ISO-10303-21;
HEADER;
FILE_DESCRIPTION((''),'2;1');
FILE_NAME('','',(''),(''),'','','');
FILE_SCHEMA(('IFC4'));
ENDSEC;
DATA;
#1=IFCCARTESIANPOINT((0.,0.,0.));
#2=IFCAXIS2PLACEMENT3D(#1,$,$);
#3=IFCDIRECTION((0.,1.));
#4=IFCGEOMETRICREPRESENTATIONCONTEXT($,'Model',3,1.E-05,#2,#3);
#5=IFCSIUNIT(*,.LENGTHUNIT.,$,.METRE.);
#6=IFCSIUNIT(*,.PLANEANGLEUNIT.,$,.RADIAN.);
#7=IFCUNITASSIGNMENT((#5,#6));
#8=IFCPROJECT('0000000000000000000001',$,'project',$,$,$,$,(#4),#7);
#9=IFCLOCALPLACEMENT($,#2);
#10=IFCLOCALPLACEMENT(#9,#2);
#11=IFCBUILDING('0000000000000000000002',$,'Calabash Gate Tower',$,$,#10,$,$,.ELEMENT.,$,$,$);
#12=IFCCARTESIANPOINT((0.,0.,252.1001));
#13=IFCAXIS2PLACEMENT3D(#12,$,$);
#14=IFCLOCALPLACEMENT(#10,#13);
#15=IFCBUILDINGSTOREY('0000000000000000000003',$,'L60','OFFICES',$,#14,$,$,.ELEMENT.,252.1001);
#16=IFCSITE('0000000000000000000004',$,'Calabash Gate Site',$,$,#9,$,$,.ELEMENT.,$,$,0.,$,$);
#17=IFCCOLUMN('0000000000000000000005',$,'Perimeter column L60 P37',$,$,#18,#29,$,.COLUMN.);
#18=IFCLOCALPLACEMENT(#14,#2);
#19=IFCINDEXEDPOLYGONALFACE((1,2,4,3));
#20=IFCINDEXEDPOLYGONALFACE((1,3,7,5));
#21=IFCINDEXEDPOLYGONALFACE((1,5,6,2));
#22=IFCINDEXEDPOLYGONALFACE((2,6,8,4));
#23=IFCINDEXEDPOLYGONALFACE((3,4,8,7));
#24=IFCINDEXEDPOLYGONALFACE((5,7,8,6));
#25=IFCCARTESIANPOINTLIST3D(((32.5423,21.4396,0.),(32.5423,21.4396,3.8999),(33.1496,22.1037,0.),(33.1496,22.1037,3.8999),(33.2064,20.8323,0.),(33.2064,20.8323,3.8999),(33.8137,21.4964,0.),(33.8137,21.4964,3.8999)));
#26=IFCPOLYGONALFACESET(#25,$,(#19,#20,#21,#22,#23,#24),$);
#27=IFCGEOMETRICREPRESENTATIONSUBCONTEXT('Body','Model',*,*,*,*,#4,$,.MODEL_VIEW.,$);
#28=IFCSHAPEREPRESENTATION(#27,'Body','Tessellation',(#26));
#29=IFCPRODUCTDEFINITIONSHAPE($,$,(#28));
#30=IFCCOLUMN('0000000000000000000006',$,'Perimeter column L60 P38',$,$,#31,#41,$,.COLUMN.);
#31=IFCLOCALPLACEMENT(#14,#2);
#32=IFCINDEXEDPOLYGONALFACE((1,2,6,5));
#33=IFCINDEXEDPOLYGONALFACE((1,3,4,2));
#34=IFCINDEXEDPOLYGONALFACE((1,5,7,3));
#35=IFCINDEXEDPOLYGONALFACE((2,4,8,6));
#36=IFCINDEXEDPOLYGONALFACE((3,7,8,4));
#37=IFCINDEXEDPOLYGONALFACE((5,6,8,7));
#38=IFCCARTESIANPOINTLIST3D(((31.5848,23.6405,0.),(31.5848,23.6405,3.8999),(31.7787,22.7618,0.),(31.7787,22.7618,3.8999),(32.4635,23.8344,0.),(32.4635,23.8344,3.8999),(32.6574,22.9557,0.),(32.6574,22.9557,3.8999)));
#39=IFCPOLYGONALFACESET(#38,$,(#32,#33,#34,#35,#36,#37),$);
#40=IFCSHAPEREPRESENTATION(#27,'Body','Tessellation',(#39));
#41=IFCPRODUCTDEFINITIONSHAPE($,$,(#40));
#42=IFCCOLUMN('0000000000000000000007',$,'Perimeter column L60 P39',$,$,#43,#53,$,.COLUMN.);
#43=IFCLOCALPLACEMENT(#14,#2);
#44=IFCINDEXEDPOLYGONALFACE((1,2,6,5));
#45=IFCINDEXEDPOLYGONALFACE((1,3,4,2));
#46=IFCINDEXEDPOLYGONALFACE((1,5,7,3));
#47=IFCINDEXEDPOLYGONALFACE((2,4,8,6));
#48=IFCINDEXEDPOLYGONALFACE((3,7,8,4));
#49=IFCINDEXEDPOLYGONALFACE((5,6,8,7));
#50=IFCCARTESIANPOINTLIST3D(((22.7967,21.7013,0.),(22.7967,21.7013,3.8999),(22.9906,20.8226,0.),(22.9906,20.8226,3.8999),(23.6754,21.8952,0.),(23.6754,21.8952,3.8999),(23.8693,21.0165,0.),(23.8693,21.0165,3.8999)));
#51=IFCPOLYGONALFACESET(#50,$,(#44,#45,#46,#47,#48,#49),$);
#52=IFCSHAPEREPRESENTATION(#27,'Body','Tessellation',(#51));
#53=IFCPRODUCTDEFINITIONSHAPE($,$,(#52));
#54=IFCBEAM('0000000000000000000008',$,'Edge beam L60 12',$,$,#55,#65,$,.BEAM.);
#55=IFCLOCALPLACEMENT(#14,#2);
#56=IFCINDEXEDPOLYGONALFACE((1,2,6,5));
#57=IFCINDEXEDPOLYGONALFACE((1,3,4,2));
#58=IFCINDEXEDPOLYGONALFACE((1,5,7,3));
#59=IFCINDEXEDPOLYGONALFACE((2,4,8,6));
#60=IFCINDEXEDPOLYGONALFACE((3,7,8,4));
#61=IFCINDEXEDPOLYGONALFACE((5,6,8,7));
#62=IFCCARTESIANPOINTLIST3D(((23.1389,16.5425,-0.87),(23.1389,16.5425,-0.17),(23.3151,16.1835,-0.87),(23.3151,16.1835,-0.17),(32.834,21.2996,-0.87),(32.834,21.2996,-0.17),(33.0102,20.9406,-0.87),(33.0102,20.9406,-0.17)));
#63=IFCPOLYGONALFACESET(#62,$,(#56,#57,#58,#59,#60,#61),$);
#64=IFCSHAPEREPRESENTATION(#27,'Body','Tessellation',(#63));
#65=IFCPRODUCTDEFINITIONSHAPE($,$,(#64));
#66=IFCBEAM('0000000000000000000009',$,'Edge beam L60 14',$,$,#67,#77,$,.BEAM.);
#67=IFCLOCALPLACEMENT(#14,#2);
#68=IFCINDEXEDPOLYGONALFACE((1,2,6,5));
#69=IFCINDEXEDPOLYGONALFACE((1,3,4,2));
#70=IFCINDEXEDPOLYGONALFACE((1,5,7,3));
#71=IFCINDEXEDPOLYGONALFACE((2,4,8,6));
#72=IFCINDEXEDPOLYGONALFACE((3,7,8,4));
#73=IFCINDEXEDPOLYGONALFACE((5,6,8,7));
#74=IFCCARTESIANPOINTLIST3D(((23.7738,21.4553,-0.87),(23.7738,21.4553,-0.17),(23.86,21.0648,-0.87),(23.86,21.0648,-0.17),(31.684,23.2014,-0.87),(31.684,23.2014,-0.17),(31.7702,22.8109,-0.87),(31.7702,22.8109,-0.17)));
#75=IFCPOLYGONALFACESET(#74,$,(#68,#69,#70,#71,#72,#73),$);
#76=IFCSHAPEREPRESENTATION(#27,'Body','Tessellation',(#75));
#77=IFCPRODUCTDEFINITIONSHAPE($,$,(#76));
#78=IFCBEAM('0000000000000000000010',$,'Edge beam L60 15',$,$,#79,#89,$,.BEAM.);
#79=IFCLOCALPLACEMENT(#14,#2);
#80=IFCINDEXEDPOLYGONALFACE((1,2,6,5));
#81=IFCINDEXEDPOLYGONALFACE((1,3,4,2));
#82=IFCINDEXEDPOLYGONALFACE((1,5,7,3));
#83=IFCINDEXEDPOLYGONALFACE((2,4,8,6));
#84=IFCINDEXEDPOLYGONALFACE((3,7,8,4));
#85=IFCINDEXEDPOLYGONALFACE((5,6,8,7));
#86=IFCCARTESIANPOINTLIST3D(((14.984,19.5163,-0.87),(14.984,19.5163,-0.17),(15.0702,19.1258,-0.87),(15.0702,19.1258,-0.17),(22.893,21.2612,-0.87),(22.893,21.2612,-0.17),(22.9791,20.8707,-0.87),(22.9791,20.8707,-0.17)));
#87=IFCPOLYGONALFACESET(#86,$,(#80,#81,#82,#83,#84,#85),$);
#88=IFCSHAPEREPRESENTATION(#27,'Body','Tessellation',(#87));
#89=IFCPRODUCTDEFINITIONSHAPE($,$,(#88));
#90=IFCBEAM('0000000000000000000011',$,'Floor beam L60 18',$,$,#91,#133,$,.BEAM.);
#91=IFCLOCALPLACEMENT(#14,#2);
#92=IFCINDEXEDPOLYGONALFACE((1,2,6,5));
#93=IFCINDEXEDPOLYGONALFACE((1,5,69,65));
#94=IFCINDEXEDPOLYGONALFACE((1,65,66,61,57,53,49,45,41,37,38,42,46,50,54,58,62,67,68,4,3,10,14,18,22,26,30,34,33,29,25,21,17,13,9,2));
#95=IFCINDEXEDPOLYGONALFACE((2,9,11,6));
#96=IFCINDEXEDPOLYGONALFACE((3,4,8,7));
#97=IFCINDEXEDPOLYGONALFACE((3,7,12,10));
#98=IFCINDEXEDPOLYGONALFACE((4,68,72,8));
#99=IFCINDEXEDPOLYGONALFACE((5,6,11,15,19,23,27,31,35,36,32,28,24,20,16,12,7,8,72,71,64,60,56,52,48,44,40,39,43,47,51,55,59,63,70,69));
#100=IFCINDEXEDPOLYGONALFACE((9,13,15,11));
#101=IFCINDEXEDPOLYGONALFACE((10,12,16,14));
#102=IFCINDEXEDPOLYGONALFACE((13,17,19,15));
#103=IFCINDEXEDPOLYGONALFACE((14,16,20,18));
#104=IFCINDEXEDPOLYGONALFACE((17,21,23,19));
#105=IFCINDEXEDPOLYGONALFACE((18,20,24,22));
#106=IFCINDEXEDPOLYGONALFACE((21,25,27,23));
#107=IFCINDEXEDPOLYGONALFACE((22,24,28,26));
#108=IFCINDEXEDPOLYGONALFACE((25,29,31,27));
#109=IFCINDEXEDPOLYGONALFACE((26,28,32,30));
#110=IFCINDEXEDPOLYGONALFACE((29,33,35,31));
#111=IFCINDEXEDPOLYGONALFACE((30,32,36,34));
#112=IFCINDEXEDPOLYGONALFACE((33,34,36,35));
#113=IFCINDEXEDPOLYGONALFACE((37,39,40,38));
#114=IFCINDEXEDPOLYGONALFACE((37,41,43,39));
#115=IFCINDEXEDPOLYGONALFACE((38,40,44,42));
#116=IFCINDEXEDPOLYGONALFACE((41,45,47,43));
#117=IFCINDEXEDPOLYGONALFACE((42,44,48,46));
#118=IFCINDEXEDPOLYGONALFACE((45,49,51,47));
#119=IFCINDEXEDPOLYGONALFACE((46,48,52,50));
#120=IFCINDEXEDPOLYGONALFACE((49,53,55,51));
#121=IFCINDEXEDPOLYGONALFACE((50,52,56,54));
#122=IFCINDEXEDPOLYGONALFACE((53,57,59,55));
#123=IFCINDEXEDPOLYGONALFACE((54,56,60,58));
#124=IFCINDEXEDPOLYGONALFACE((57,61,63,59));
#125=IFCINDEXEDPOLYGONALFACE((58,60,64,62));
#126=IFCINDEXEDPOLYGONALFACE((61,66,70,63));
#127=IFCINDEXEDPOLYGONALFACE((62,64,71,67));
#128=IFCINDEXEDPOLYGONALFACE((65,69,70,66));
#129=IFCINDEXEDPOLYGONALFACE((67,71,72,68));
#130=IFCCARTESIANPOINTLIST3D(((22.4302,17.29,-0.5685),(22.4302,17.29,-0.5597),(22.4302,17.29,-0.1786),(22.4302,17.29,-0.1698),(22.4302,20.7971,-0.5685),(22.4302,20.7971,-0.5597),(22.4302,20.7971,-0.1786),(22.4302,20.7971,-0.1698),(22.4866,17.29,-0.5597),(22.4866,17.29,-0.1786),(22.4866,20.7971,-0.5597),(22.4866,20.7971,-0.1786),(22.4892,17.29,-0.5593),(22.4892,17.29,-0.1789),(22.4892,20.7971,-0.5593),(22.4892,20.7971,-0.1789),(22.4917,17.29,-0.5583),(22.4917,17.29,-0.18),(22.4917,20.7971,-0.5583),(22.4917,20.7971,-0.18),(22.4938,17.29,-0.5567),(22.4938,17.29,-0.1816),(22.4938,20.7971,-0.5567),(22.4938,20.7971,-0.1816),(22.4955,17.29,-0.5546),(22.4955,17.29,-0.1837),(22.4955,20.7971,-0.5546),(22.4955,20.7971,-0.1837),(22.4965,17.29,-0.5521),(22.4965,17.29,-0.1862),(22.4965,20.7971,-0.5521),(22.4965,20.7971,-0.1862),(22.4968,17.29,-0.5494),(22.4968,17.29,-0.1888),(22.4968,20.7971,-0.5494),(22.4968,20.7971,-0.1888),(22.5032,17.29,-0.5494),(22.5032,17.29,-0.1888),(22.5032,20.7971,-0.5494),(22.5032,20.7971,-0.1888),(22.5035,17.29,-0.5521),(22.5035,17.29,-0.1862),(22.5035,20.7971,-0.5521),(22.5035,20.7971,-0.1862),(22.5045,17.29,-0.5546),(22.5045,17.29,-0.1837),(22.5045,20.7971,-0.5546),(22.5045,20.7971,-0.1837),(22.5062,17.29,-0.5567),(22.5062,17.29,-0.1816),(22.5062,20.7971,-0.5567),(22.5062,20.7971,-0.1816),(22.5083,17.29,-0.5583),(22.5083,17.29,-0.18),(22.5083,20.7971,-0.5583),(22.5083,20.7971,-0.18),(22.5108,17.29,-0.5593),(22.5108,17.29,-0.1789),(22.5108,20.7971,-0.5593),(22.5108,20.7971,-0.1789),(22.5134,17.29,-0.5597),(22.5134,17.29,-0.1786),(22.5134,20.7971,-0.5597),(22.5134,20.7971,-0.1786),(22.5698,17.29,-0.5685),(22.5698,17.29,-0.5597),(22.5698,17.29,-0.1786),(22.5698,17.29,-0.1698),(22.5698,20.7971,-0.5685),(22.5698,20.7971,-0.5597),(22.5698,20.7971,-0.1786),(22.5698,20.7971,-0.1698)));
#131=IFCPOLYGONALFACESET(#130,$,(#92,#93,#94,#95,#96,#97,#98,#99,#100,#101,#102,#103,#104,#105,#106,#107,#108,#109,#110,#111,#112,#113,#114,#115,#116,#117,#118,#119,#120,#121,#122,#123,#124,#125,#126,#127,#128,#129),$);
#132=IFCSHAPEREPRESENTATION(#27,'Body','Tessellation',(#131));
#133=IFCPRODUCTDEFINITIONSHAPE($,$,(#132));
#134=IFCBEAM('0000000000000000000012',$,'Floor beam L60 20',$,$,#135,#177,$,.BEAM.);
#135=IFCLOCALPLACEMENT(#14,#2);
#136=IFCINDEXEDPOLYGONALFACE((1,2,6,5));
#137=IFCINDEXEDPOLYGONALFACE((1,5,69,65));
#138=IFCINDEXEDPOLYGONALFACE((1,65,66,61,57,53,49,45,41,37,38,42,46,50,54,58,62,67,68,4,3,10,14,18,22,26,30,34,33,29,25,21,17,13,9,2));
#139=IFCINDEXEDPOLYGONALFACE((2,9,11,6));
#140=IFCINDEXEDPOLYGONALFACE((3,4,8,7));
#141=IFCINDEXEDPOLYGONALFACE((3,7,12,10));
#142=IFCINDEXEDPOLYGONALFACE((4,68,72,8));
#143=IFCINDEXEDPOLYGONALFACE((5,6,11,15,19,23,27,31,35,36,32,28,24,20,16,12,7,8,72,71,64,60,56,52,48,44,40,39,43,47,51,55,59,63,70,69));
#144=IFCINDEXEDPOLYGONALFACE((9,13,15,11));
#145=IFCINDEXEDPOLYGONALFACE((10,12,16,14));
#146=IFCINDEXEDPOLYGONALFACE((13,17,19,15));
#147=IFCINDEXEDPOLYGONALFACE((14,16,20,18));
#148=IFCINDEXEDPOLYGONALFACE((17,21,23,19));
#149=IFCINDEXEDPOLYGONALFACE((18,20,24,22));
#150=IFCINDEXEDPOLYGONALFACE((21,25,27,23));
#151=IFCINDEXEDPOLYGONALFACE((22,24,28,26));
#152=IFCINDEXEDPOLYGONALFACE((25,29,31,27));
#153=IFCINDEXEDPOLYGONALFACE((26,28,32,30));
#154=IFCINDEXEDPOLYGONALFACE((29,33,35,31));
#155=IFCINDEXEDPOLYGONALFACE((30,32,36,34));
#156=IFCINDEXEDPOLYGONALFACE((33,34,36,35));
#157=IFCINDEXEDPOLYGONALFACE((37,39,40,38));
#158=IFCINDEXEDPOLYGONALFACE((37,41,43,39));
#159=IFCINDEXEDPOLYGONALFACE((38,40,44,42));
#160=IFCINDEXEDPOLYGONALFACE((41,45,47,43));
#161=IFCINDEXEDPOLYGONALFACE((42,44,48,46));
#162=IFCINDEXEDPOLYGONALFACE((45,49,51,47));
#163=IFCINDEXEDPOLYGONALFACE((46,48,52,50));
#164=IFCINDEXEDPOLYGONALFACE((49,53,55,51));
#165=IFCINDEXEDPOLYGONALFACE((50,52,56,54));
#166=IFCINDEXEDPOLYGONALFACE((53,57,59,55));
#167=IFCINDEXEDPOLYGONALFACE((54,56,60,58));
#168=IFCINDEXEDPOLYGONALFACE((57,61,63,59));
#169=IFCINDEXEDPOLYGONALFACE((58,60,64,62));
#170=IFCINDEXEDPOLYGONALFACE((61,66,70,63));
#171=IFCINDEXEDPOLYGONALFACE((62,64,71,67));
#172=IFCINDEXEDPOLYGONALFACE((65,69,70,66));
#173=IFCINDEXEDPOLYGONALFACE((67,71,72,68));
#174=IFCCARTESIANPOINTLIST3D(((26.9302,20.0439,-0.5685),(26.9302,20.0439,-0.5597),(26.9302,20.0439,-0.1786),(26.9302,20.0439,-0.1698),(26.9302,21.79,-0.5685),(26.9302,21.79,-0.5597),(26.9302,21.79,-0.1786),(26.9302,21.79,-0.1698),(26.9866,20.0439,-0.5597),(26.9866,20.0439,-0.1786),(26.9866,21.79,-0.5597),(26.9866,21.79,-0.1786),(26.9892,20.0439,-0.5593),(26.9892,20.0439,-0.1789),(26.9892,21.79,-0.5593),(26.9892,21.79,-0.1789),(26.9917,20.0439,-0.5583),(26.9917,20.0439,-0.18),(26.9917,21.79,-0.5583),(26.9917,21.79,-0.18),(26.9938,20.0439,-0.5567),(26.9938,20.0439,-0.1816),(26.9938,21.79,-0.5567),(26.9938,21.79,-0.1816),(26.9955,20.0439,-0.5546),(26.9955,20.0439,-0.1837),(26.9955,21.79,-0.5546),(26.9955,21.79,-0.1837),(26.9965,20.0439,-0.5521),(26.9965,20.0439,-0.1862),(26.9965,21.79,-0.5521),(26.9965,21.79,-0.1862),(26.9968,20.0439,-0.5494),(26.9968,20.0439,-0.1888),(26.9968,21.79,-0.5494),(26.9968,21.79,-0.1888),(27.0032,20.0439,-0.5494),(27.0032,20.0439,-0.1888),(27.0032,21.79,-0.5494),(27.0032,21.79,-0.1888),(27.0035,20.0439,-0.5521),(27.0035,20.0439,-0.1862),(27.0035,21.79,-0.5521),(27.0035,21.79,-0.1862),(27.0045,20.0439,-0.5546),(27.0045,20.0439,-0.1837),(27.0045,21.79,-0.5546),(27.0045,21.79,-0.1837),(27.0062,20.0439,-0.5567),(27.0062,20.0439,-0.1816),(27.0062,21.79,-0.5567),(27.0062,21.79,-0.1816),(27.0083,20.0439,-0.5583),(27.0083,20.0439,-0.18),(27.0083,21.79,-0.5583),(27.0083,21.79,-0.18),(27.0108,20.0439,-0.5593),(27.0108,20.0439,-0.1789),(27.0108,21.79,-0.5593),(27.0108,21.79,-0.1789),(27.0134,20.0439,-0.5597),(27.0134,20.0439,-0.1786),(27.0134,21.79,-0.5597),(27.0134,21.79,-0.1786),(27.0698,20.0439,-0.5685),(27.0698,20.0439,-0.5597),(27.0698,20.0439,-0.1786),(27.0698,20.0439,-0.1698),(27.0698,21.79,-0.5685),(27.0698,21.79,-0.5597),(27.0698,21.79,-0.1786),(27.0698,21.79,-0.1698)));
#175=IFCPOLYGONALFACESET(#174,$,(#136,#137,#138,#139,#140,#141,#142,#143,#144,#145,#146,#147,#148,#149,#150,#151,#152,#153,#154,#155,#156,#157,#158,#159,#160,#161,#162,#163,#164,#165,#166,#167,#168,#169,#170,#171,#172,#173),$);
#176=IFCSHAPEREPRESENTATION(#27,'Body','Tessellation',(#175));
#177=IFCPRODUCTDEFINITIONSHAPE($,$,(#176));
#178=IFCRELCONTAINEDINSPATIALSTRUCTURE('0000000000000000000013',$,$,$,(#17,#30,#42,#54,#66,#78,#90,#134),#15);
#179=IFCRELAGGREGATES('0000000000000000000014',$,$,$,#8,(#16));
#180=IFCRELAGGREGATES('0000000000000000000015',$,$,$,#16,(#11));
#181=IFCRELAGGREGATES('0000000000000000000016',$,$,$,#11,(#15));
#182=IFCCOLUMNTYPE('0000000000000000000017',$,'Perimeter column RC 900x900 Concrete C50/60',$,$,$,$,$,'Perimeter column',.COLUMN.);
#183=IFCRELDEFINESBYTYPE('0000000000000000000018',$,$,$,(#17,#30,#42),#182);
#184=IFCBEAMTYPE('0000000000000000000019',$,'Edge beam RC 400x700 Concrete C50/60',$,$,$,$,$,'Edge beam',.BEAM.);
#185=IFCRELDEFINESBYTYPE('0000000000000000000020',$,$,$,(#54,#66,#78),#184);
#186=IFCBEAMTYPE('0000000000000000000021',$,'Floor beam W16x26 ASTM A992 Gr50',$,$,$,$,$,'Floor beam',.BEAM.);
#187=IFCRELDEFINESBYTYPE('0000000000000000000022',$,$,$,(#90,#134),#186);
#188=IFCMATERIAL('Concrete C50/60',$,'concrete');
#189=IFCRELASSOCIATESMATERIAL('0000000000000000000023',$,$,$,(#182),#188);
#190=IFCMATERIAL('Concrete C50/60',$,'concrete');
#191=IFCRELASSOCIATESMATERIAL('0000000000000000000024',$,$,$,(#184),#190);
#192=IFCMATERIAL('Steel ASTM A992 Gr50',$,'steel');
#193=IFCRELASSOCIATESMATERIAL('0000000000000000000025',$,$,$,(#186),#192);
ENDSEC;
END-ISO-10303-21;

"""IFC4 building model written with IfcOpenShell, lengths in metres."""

from ifc_helpers import new_model, si_unit, direction, frame, origin, origin_2d, place, context, subcontext, project, spatial, rectangle, i_section, extrude, material, material_profile, profile_set, type_object, element, save


model = new_model("IFC4")

# Units and contexts
model_context = context("Model", 3, precision=1e-05, world=origin(), true_north=direction((0.0, 1.0)))
body_context = subcontext(model_context, "Body", "Model", "MODEL_VIEW")
ifc_project = project(units=[si_unit("LENGTHUNIT", "METRE"), si_unit("PLANEANGLEUNIT", "RADIAN")], contexts=[model_context])

# Site, building, storey
site_placement = place(None, origin())
site = spatial("IfcSite", under=ifc_project, at=site_placement, Name="Calabash Gate Site", CompositionType="ELEMENT", RefElevation=0.0)
building_placement = place(site_placement, origin())
building = spatial("IfcBuilding", under=site, at=building_placement, Name="Calabash Gate Tower", CompositionType="ELEMENT")
storey_placement = place(building_placement, frame((0.0, 0.0, 252.1001)))
storey = spatial("IfcBuildingStorey", under=building, at=storey_placement, Name="L60", Description="OFFICES", CompositionType="ELEMENT", Elevation=252.1001)

# Columns
ifc_material_1 = material(Name="Concrete C50/60", Category="concrete")
ifc_material_profile_1 = material_profile(ifc_material_1, rectangle(XDim=0.8999, YDim=0.8999, at=origin_2d()))
ifc_profile_set_1 = profile_set([ifc_material_profile_1], Name="Concrete C50/60")
column_type = type_object("IfcColumnType", Name="Perimeter column RC 900x900 Concrete C50/60", ElementType="Perimeter column", PredefinedType="COLUMN", material=ifc_profile_set_1)
for number, where, z_axis, x_axis, name in (
    (1, (33.178, 21.468, 0.0), (0.0, 0.0, 1.0), (0.674856, 0.737949, 0.0), "Perimeter column L60 P37"),
    (2, (32.1211, 23.2981, 0.0), (0.0, 0.0, 1.0), (-0.976511, -0.215468, 0.0), "Perimeter column L60 P38"),
    (3, (23.333, 21.3589, 0.0), (0.0, 0.0, 1.0), (-0.976511, -0.215468, 0.0), "Perimeter column L60 P39"),
):
    element("IfcColumn", number, at=place(storey_placement, frame(where, z_axis=z_axis, x_axis=x_axis)), inside=storey, type_object=column_type, Name=name, PredefinedType="COLUMN", context=body_context, shape_type="SweptSolid", body=[
        extrude(rectangle(XDim=0.8999, YDim=0.8999, at=origin_2d()), origin(), (0.0, 0.0, 1.0), 3.8999),
    ])

# Beams
ifc_material_2 = material(Name="Concrete C50/60", Category="concrete")
ifc_material_profile_2 = material_profile(ifc_material_2, rectangle(XDim=0.3999, YDim=0.7, at=origin_2d()))
ifc_profile_set_2 = profile_set([ifc_material_profile_2], Name="Concrete C50/60")
beam_type_1 = type_object("IfcBeamType", Name="Edge beam RC 400x700 Concrete C50/60", ElementType="Edge beam", PredefinedType="BEAM", material=ifc_profile_set_2)
beam_1_placement = place(storey_placement, frame((32.9221, 21.1201, -0.52), z_axis=(-0.897752, -0.4405, 0.0), x_axis=(0.4405, -0.897752, 0.0)))
element("IfcBeam", 4, at=beam_1_placement, inside=storey, type_object=beam_type_1, Name="Edge beam L60 12", PredefinedType="BEAM", context=body_context, shape_type="SweptSolid", body=[
    extrude(rectangle(XDim=0.3999, YDim=0.7, at=origin_2d()), origin(), (0.0, 0.0, 1.0), 10.7993),
])
beam_2_placement = place(storey_placement, frame((31.7271, 23.0061, -0.52), z_axis=(-0.976492, -0.215552, 0.0), x_axis=(0.215552, -0.976492, 0.0)))
element("IfcBeam", 5, at=beam_2_placement, inside=storey, type_object=beam_type_1, Name="Edge beam L60 14", PredefinedType="BEAM", context=body_context, shape_type="SweptSolid", body=[
    extrude(rectangle(XDim=0.3999, YDim=0.7, at=origin_2d()), origin(), (0.0, 0.0, 1.0), 8.1006),
])
beam_3_placement = place(storey_placement, frame((22.936, 21.0659, -0.52), z_axis=(-0.976517, -0.21544, 0.0), x_axis=(0.21544, -0.976517, 0.0)))
element("IfcBeam", 6, at=beam_3_placement, inside=storey, type_object=beam_type_1, Name="Edge beam L60 15", PredefinedType="BEAM", context=body_context, shape_type="SweptSolid", body=[
    extrude(rectangle(XDim=0.3999, YDim=0.7, at=origin_2d()), origin(), (0.0, 0.0, 1.0), 8.0991),
])
ifc_material_3 = material(Name="Steel ASTM A992 Gr50", Category="steel")
ifc_material_profile_3 = material_profile(ifc_material_3, i_section(OverallWidth=0.1396, OverallDepth=0.3987, WebThickness=0.0063, FlangeThickness=0.0088, FilletRadius=0.0103, at=origin_2d()))
ifc_profile_set_3 = profile_set([ifc_material_profile_3], Name="Steel ASTM A992 Gr50")
beam_type_2 = type_object("IfcBeamType", Name="Floor beam W16x26 ASTM A992 Gr50", ElementType="Floor beam", PredefinedType="BEAM", material=ifc_profile_set_3)
beam_4_placement = place(storey_placement, frame((22.5, 17.29, -0.3691), z_axis=(0.0, 1.0, 0.0), x_axis=(-1.0, 0.0, 0.0)))
element("IfcBeam", 7, at=beam_4_placement, inside=storey, type_object=beam_type_2, Name="Floor beam L60 18", PredefinedType="BEAM", context=body_context, shape_type="SweptSolid", body=[
    extrude(i_section(OverallWidth=0.1396, OverallDepth=0.3987, WebThickness=0.0063, FlangeThickness=0.0088, FilletRadius=0.0103, at=origin_2d()), origin(), (0.0, 0.0, 1.0), 3.5071),
])
beam_5_placement = place(storey_placement, frame((27.0, 20.0439, -0.3691), z_axis=(0.0, 1.0, 0.0), x_axis=(-1.0, 0.0, 0.0)))
element("IfcBeam", 8, at=beam_5_placement, inside=storey, type_object=beam_type_2, Name="Floor beam L60 20", PredefinedType="BEAM", context=body_context, shape_type="SweptSolid", body=[
    extrude(i_section(OverallWidth=0.1396, OverallDepth=0.3987, WebThickness=0.0063, FlangeThickness=0.0088, FilletRadius=0.0103, at=origin_2d()), origin(), (0.0, 0.0, 1.0), 1.7461),
])

save(model, "model.ifc")
